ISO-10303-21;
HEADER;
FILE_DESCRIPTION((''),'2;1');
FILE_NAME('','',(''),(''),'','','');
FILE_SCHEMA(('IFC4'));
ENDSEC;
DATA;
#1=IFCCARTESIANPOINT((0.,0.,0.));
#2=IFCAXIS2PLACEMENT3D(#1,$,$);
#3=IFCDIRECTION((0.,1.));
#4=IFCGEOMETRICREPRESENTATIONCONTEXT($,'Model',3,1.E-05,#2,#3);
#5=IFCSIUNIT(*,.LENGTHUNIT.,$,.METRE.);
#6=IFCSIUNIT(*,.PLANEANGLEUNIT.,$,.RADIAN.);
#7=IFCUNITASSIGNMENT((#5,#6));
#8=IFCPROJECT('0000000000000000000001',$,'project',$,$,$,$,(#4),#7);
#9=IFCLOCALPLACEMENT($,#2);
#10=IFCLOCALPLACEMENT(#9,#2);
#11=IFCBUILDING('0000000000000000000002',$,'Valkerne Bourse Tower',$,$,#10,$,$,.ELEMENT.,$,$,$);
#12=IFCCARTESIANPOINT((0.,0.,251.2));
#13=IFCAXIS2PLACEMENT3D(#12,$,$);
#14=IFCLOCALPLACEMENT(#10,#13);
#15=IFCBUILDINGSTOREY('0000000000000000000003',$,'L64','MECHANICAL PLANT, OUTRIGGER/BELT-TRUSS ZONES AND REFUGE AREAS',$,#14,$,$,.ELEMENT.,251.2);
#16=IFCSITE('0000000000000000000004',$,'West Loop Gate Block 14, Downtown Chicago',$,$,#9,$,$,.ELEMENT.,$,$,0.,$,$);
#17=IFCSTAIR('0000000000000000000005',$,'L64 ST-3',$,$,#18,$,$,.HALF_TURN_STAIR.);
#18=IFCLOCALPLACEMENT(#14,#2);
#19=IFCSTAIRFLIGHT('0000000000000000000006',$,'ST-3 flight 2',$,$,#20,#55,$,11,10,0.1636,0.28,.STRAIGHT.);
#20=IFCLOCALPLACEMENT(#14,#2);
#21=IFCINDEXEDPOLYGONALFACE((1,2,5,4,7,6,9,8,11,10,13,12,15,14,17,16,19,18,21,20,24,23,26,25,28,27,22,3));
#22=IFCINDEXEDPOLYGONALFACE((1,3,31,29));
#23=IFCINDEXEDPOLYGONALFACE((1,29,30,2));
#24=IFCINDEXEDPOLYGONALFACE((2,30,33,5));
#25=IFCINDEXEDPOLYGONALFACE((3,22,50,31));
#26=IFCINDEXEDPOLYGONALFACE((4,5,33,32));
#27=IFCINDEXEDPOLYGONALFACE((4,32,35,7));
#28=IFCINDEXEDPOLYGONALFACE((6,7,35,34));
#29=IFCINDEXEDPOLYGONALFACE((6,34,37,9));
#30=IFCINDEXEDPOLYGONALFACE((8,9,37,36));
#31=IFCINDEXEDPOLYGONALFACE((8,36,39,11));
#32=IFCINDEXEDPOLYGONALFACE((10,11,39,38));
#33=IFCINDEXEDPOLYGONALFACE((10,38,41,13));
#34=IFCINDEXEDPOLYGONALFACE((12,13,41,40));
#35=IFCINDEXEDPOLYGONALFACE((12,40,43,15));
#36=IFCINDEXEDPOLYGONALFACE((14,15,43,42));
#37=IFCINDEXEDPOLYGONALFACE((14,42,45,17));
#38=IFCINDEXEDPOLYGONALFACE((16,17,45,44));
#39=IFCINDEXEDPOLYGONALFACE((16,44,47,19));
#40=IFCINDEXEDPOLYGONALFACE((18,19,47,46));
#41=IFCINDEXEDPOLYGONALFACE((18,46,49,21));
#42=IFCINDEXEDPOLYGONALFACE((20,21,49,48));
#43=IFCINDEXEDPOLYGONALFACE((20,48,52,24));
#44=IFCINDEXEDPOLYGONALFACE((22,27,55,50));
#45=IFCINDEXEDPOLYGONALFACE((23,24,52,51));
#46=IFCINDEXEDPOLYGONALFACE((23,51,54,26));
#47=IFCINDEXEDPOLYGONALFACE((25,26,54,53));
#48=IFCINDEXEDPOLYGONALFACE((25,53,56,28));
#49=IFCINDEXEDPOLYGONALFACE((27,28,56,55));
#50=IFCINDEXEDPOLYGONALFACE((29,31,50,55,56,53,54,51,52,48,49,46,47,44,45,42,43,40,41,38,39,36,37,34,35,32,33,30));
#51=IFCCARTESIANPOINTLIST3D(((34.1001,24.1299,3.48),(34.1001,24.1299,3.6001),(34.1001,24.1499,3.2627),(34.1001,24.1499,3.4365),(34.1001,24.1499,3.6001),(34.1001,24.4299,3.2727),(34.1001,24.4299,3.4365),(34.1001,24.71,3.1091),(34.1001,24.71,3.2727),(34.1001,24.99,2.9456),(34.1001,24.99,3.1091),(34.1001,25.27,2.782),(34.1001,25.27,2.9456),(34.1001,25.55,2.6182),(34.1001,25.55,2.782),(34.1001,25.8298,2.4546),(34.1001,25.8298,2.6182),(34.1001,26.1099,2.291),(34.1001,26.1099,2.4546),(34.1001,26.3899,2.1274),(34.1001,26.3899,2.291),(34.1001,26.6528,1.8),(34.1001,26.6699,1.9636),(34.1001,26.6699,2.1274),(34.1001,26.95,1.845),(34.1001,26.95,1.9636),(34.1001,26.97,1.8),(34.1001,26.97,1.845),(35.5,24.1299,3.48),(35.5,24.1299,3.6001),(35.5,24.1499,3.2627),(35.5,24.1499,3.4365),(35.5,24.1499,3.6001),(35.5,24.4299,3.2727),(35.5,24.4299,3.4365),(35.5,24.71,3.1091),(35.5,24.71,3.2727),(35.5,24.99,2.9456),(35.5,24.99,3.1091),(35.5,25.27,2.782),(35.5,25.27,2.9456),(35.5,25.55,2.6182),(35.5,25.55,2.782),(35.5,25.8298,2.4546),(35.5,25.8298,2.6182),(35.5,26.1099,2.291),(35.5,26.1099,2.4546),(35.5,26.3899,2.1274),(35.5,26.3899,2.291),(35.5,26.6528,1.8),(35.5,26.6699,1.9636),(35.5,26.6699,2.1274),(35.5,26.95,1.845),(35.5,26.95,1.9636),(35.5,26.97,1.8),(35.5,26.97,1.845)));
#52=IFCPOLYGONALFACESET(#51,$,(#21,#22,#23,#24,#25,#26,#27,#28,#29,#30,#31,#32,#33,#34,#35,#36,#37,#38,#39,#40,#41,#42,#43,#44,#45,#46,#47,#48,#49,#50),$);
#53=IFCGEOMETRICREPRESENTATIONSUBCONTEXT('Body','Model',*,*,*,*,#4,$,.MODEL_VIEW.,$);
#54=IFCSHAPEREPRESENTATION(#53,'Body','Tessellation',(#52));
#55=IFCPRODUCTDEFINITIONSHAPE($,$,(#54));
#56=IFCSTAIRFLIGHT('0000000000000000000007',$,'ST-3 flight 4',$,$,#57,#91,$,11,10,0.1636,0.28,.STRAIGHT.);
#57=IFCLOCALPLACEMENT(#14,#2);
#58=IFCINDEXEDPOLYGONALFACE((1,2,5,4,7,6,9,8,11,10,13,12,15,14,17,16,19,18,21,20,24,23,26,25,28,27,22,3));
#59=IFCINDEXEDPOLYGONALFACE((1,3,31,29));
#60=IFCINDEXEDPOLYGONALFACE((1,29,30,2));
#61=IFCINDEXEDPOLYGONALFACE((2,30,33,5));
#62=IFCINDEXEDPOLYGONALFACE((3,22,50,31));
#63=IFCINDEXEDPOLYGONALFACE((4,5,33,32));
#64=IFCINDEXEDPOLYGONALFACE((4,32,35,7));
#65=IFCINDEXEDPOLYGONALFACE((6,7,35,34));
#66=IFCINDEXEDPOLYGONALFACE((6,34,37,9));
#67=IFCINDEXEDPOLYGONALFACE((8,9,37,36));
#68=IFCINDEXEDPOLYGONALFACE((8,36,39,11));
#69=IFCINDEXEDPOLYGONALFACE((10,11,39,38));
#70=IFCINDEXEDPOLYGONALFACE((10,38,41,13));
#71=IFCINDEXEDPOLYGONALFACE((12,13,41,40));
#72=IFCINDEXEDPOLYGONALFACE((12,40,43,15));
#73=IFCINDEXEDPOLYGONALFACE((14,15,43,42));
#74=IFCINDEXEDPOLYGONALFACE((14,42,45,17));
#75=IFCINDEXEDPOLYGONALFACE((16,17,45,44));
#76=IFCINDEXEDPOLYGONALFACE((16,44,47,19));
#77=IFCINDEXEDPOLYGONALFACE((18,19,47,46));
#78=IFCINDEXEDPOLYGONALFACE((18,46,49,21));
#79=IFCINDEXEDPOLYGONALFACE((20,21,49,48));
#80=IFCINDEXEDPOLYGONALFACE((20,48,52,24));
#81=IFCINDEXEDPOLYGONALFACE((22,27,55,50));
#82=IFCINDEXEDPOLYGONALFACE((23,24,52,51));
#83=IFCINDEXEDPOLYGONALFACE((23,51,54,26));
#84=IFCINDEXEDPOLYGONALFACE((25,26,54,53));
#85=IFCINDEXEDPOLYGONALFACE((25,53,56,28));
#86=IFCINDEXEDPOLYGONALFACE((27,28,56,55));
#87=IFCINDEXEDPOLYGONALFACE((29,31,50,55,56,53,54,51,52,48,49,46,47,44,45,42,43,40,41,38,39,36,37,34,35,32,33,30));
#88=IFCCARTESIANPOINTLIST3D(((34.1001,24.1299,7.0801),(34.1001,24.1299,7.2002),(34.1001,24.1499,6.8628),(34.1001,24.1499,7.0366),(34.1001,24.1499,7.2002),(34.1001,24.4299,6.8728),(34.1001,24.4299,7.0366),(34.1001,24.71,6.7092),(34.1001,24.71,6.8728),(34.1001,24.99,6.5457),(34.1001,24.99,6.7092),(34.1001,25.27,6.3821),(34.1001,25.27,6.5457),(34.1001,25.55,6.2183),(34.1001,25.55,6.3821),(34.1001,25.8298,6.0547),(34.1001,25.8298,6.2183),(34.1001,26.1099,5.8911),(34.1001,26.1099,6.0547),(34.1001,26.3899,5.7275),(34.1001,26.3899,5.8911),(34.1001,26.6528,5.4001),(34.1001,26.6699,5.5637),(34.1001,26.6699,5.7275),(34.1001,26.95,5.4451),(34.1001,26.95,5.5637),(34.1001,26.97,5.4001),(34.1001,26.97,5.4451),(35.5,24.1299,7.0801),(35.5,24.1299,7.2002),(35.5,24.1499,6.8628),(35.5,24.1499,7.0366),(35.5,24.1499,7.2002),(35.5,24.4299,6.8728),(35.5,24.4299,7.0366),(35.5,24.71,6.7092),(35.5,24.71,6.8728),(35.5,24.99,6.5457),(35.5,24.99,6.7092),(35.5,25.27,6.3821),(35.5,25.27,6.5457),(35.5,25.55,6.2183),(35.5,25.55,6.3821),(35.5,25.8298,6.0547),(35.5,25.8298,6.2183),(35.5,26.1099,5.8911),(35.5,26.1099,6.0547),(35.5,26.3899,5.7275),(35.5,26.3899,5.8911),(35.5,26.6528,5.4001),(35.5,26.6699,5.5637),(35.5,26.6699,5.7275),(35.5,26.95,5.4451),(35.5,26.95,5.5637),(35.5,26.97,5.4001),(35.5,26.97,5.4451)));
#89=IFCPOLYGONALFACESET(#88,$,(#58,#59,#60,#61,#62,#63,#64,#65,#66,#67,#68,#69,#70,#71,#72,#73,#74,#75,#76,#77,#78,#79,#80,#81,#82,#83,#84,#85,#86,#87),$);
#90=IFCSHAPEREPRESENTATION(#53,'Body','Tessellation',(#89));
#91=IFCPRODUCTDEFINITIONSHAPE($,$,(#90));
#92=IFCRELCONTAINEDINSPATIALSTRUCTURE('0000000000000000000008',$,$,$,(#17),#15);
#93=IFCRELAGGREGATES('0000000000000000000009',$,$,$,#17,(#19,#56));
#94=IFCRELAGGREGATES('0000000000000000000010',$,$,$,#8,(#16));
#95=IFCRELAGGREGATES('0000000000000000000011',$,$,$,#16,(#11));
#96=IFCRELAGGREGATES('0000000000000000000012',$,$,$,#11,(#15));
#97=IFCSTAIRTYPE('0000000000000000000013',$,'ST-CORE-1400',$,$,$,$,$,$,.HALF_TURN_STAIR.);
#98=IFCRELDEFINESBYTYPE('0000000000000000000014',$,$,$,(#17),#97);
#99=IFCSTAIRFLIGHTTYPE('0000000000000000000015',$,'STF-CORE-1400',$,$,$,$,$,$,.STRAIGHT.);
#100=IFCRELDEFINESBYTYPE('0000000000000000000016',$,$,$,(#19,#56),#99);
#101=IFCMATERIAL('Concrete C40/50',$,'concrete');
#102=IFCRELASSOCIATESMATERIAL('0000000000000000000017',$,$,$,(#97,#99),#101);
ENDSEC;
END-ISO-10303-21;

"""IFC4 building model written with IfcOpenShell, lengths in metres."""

from ifc_helpers import new_model, si_unit, direction, frame, origin, place, context, subcontext, project, spatial, polyline, outline, extrude, material, type_object, element, aggregate, save


model = new_model("IFC4")

# Units and contexts
model_context = context("Model", 3, precision=1e-05, world=origin(), true_north=direction((0.0, 1.0)))
body_context = subcontext(model_context, "Body", "Model", "MODEL_VIEW")
ifc_project = project(units=[si_unit("LENGTHUNIT", "METRE"), si_unit("PLANEANGLEUNIT", "RADIAN")], contexts=[model_context])

# Site, building, storey
site_placement = place(None, origin())
site = spatial("IfcSite", under=ifc_project, at=site_placement, Name="West Loop Gate Block 14, Downtown Chicago", CompositionType="ELEMENT", RefElevation=0.0)
building_placement = place(site_placement, origin())
building = spatial("IfcBuilding", under=site, at=building_placement, Name="Valkerne Bourse Tower", CompositionType="ELEMENT")
storey_placement = place(building_placement, frame((0.0, 0.0, 251.2)))
storey = spatial("IfcBuildingStorey", under=building, at=storey_placement, Name="L64", Description="MECHANICAL PLANT, OUTRIGGER/BELT-TRUSS ZONES AND REFUGE AREAS", CompositionType="ELEMENT", Elevation=251.2)

# Stair, stair flights
ifc_material_1 = material(Name="Concrete C40/50", Category="concrete")
stair_type = type_object("IfcStairType", Name="ST-CORE-1400", PredefinedType="HALF_TURN_STAIR", material=ifc_material_1)
stair_placement = place(storey_placement, origin())
stair = element("IfcStair", 1, at=stair_placement, inside=storey, type_object=stair_type, Name="L64 ST-3", PredefinedType="HALF_TURN_STAIR")
stair_flight_type = type_object("IfcStairFlightType", Name="STF-CORE-1400", PredefinedType="STRAIGHT", material=ifc_material_1)
stair_flight_1_placement = place(storey_placement, frame((34.8, 26.95, 1.8), z_axis=(0.0, 0.0, 1.0), x_axis=(0.0, -1.0, 0.0)))
stair_flight_1 = element("IfcStairFlight", 2, at=stair_flight_1_placement, type_object=stair_flight_type, Name="ST-3 flight 2", NumberOfRisers=11, NumberOfTreads=10, PredefinedType="STRAIGHT", RiserHeight=0.1636, TreadLength=0.28, context=body_context, shape_type="SweptSolid", body=[
    extrude(outline(polyline([(-0.02, 0.0), (-0.02, 0.0449), (0.0, 0.0449), (0.0, 0.1636), (0.28, 0.1636), (0.28, 0.3274), (0.5601, 0.3274), (0.5601, 0.491), (0.8401, 0.491), (0.8401, 0.6545), (1.1201, 0.6545), (1.1201, 0.8181), (1.3999, 0.8181), (1.3999, 0.9819), (1.6799, 0.9819), (1.6799, 1.1455), (1.96, 1.1455), (1.96, 1.3091), (2.24, 1.3091), (2.24, 1.4727), (2.52, 1.4727), (2.52, 1.6365), (2.8, 1.6365), (2.8, 1.8), (2.8201, 1.8), (2.8201, 1.6799), (2.8, 1.4626), (0.2971, 0.0), (-0.02, 0.0)])), frame((0.0, 0.7, 0.0), z_axis=(0.0, -1.0, 0.0), x_axis=(1.0, 0.0, 0.0)), (0.0, 0.0, 1.0), 1.3999),
])
stair_flight_2_placement = place(storey_placement, frame((34.8, 26.95, 5.4001), z_axis=(0.0, 0.0, 1.0), x_axis=(0.0, -1.0, 0.0)))
stair_flight_2 = element("IfcStairFlight", 3, at=stair_flight_2_placement, type_object=stair_flight_type, Name="ST-3 flight 4", NumberOfRisers=11, NumberOfTreads=10, PredefinedType="STRAIGHT", RiserHeight=0.1636, TreadLength=0.28, context=body_context, shape_type="SweptSolid", body=[
    extrude(outline(polyline([(-0.02, 0.0), (-0.02, 0.0449), (0.0, 0.0449), (0.0, 0.1636), (0.28, 0.1636), (0.28, 0.3274), (0.5601, 0.3274), (0.5601, 0.491), (0.8401, 0.491), (0.8401, 0.6545), (1.1201, 0.6545), (1.1201, 0.8181), (1.3999, 0.8181), (1.3999, 0.9819), (1.6799, 0.9819), (1.6799, 1.1455), (1.96, 1.1455), (1.96, 1.3091), (2.24, 1.3091), (2.24, 1.4727), (2.52, 1.4727), (2.52, 1.6365), (2.8, 1.6365), (2.8, 1.8), (2.8201, 1.8), (2.8201, 1.6799), (2.8, 1.4626), (0.2971, 0.0), (-0.02, 0.0)])), frame((0.0, 0.7, 0.0), z_axis=(0.0, -1.0, 0.0), x_axis=(1.0, 0.0, 0.0)), (0.0, 0.0, 1.0), 1.3999),
])
aggregate(stair, [stair_flight_1, stair_flight_2])

save(model, "model.ifc")
